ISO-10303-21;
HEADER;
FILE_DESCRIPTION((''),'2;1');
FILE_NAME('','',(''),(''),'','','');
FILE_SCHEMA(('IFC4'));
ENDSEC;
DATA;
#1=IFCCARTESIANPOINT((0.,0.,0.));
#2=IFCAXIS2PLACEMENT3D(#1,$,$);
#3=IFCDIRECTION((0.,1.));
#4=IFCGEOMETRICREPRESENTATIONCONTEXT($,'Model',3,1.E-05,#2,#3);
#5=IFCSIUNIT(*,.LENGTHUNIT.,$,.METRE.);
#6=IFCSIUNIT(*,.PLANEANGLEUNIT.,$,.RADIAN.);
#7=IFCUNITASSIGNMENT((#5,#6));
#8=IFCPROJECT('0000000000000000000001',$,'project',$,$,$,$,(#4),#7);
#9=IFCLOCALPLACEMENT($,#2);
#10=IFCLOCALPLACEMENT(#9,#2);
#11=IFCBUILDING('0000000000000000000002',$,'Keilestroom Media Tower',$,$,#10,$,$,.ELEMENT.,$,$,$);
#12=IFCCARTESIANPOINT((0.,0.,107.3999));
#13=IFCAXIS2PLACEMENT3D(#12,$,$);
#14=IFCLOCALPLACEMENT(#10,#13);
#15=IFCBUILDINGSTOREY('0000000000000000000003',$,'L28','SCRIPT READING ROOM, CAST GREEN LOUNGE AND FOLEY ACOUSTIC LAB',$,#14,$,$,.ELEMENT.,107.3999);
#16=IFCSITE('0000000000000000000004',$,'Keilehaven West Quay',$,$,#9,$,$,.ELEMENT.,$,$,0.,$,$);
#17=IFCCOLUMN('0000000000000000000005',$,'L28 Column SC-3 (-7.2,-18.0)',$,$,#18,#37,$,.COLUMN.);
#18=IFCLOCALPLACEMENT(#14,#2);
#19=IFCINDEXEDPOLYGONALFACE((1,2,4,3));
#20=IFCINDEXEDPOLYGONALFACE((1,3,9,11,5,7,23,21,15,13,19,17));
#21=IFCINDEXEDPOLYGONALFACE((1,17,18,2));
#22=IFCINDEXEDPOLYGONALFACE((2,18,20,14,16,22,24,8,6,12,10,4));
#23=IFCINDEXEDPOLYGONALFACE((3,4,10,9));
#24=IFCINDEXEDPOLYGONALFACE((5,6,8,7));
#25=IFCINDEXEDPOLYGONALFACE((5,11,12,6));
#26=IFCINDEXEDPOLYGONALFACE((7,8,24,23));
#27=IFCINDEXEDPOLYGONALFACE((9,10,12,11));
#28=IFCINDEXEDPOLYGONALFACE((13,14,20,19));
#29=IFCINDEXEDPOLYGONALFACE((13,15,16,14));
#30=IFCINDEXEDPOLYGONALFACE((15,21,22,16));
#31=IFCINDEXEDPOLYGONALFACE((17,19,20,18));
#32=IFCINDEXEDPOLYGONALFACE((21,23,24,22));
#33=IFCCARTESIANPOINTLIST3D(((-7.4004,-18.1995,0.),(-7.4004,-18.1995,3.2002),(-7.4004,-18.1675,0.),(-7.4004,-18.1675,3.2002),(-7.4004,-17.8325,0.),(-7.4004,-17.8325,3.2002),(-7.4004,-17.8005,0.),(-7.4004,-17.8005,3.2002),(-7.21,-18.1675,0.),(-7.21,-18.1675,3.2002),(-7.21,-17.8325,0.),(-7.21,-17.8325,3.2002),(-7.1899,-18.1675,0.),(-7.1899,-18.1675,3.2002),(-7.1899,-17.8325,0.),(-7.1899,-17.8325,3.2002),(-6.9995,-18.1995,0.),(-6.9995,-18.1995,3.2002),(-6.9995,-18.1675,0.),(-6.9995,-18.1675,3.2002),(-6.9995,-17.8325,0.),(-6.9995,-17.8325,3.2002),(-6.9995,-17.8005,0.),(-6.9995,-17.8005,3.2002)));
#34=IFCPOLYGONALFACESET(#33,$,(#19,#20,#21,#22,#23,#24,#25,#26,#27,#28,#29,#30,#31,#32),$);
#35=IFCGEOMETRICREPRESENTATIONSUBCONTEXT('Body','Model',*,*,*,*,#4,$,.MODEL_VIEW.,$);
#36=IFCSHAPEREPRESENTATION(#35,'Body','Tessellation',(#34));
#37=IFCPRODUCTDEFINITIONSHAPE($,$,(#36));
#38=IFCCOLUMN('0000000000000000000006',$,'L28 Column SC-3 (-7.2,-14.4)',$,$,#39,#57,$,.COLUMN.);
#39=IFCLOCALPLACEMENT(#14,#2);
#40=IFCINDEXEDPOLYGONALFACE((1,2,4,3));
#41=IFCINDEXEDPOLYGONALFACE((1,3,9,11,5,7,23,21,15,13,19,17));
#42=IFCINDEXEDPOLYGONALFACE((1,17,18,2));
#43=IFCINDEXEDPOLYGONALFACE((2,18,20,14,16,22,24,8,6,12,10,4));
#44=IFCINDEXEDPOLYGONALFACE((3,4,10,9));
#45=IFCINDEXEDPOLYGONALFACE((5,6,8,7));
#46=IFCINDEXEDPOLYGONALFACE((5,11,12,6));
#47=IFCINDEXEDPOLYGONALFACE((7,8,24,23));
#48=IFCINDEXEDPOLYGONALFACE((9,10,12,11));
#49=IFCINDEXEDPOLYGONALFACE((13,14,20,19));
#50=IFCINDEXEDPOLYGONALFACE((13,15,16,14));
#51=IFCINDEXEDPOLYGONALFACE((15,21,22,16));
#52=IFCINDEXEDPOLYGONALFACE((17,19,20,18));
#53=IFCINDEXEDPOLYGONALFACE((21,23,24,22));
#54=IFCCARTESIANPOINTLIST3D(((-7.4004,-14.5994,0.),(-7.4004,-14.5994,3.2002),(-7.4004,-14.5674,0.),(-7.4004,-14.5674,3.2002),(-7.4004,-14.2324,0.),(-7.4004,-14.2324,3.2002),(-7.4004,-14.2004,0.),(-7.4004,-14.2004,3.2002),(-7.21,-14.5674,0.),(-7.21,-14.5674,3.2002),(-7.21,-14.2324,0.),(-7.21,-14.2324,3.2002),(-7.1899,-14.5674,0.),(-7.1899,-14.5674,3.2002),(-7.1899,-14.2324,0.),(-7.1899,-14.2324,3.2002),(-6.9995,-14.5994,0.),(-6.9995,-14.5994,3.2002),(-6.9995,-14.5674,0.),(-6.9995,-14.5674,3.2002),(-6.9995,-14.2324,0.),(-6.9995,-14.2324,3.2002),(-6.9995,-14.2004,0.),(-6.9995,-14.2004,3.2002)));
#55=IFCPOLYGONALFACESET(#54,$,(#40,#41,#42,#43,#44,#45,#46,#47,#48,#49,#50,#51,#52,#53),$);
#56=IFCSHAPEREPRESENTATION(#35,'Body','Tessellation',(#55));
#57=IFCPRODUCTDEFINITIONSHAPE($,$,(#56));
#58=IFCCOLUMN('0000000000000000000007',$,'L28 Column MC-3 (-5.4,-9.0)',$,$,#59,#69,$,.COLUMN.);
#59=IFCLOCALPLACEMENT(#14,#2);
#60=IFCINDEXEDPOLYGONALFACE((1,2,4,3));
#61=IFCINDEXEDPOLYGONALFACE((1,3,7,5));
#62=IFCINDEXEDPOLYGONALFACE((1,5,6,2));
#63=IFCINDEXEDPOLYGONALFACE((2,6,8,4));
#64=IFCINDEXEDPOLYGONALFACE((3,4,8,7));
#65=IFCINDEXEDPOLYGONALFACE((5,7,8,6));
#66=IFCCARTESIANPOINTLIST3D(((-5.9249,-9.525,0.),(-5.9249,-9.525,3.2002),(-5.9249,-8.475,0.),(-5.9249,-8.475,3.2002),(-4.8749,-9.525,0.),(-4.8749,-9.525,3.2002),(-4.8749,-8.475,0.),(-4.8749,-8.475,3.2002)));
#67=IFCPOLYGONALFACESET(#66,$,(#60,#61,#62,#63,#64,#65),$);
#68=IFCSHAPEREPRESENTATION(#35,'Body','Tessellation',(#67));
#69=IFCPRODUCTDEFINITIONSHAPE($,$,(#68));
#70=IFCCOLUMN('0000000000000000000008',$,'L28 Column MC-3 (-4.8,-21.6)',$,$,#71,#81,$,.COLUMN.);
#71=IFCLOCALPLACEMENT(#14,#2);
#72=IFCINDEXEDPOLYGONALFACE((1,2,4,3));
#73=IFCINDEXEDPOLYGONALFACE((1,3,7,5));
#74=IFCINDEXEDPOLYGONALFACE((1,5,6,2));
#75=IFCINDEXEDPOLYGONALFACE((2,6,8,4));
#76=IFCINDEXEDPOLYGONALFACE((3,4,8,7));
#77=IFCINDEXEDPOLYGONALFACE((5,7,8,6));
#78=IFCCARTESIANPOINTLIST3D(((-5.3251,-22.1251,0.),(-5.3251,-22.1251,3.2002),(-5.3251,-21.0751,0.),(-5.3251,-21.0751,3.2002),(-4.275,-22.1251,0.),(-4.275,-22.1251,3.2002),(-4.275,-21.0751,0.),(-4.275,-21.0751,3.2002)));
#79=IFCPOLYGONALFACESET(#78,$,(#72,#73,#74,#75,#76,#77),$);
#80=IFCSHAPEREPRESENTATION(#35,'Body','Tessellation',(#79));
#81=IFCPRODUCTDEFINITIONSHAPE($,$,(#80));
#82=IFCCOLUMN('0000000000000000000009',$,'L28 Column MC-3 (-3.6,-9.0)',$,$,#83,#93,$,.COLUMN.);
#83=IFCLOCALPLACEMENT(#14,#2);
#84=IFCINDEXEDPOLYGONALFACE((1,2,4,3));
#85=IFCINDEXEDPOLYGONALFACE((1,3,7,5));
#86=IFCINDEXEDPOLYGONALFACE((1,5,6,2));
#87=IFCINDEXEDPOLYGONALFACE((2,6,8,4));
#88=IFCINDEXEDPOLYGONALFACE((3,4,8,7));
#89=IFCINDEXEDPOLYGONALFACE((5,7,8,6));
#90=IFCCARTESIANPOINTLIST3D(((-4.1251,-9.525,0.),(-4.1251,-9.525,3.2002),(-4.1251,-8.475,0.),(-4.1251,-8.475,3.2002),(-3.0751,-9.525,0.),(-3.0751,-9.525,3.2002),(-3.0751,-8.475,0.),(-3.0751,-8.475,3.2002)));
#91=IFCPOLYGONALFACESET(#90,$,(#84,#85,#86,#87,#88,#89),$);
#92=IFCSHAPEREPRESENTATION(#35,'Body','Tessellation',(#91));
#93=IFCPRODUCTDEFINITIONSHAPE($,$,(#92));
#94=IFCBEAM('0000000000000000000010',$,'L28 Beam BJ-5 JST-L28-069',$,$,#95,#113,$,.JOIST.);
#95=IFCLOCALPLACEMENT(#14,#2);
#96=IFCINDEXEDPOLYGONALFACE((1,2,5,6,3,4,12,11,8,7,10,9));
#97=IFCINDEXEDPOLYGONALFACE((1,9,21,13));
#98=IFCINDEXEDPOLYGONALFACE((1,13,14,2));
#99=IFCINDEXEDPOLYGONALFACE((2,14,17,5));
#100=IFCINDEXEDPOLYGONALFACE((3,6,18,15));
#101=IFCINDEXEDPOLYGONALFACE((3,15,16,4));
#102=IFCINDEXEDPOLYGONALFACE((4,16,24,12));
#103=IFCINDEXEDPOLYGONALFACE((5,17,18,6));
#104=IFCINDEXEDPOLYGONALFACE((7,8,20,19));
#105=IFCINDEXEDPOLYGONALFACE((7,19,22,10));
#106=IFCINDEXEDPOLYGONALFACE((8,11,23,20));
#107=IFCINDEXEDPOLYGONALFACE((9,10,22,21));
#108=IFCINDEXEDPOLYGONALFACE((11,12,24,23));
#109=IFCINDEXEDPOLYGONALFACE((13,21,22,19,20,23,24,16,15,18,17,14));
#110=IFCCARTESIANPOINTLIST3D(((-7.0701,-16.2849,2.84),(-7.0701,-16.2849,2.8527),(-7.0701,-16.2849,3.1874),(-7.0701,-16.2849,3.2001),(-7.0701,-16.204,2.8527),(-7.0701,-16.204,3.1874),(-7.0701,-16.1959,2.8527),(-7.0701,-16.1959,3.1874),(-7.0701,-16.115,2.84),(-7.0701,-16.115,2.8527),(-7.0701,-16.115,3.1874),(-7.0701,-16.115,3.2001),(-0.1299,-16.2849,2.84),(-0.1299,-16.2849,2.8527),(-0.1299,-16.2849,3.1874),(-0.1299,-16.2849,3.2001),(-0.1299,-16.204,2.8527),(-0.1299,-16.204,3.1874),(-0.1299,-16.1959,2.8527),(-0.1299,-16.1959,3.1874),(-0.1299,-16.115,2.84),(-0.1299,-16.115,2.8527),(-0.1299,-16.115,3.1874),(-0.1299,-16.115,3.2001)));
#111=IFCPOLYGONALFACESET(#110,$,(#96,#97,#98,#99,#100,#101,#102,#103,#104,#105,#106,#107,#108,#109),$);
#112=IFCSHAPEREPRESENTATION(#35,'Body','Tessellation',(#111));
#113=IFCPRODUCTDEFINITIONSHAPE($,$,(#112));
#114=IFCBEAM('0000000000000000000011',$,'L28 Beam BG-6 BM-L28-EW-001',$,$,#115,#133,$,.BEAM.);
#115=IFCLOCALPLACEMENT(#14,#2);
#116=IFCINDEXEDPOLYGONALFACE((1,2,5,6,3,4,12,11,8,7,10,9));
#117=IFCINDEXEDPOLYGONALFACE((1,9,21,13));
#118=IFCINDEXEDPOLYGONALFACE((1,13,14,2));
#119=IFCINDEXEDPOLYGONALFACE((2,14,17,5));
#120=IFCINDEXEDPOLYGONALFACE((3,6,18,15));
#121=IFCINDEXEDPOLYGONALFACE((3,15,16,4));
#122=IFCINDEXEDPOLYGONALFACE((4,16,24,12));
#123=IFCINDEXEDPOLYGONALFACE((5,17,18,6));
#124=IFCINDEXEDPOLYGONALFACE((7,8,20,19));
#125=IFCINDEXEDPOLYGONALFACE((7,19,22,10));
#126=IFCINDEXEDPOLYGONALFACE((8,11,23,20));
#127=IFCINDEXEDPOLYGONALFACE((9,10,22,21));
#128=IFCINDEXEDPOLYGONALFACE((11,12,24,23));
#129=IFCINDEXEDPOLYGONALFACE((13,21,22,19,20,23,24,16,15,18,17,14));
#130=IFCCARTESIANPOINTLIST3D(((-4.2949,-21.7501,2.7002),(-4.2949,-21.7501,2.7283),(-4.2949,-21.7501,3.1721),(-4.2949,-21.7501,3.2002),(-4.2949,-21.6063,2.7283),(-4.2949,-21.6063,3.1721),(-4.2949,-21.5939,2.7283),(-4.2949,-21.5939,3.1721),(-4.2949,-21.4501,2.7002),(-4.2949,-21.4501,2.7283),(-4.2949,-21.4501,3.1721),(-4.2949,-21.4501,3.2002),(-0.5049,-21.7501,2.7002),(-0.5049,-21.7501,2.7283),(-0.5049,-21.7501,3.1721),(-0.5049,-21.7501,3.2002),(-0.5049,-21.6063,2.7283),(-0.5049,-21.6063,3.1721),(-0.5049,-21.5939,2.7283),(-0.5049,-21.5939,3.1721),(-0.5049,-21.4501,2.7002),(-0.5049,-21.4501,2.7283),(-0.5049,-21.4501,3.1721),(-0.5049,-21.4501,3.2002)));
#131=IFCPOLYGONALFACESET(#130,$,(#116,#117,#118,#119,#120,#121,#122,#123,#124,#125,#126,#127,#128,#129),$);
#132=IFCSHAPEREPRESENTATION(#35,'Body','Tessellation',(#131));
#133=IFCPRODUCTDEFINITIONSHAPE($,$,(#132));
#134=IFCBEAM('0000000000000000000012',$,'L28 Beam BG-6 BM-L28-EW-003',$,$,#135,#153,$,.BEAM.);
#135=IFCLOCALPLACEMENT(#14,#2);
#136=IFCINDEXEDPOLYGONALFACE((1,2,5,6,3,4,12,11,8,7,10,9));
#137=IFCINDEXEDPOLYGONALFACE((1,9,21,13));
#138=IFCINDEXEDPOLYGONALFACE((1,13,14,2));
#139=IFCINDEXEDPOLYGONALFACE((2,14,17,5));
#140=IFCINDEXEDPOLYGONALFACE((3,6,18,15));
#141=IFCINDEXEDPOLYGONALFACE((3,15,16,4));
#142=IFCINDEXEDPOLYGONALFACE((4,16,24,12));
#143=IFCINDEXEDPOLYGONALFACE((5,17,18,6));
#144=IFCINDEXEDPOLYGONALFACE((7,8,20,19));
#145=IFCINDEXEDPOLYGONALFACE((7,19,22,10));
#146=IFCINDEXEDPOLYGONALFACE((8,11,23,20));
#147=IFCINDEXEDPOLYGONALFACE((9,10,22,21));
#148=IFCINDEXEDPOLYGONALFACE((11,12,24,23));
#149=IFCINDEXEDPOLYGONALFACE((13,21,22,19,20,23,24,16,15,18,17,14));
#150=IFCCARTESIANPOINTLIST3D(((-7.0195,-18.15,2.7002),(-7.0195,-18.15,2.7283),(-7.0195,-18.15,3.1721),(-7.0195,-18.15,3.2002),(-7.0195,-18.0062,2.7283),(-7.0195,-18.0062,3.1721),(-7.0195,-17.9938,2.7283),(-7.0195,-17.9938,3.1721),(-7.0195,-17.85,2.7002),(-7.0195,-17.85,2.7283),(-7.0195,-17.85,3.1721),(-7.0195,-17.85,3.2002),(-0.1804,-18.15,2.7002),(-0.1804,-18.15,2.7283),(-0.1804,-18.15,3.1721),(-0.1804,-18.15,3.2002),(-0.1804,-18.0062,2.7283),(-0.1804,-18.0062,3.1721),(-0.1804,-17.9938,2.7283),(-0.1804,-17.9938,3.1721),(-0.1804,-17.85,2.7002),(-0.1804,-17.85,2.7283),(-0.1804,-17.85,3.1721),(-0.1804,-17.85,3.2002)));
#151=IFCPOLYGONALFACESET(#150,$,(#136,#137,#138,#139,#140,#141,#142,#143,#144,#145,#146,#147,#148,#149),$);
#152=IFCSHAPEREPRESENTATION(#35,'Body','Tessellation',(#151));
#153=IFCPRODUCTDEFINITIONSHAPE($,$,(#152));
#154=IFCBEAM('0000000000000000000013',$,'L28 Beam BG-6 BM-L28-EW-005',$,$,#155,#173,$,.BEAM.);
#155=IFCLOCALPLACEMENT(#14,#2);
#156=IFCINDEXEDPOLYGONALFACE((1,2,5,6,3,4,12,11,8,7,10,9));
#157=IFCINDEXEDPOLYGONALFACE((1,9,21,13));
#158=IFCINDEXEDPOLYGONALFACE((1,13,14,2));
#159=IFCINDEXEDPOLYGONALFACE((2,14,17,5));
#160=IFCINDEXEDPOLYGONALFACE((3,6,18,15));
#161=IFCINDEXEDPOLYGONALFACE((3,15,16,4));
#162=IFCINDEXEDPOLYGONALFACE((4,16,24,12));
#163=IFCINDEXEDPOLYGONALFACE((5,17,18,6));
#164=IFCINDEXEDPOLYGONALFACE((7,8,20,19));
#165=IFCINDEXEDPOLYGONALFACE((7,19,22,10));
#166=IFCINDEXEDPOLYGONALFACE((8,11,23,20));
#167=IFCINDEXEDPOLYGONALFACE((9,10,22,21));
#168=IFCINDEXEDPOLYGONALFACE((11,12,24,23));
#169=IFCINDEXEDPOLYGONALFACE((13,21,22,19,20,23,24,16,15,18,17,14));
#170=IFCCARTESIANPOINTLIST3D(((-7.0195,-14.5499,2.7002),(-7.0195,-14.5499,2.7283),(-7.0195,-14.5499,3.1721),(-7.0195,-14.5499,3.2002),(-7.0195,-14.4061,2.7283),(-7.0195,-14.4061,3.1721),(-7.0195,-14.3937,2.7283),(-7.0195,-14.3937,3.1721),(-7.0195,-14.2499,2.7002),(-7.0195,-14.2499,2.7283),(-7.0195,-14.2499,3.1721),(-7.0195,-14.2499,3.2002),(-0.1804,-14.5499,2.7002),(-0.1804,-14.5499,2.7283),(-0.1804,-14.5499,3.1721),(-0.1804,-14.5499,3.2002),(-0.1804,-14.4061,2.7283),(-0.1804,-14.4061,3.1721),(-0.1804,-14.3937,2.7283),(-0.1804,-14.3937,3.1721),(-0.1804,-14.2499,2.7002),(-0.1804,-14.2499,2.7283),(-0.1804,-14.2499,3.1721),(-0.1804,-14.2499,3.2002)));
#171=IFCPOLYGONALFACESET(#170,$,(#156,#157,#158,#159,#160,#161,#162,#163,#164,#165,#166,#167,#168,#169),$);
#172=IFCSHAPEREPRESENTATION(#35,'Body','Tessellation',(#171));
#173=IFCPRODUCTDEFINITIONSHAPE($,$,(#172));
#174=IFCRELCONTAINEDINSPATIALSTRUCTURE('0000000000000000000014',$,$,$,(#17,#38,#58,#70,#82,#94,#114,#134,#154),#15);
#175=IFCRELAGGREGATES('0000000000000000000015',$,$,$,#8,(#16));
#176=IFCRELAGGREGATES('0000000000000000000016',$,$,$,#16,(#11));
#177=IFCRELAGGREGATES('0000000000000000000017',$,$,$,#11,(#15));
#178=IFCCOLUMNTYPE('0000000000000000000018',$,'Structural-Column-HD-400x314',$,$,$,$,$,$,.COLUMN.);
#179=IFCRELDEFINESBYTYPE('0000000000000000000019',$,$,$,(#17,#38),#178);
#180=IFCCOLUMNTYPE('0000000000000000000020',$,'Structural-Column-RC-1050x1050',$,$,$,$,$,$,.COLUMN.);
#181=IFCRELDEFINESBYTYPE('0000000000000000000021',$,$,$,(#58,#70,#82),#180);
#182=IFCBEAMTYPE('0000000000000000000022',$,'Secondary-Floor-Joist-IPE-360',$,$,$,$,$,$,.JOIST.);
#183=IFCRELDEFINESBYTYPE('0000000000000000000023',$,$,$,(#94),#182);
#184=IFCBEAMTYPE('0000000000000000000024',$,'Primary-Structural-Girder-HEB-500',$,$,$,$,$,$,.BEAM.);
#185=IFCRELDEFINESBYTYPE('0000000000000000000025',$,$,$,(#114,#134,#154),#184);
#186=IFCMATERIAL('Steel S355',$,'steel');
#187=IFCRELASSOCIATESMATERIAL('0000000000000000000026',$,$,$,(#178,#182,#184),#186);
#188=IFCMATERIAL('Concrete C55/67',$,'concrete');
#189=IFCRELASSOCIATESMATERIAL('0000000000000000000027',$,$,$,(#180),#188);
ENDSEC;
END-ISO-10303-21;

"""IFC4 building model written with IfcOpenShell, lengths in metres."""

from ifc_helpers import new_model, si_unit, direction, frame, origin, origin_2d, place, context, subcontext, project, spatial, rectangle, i_section, extrude, source, transform, mapped, material, material_profile, profile_set, type_object, element, save


model = new_model("IFC4")

# Units and contexts
model_context = context("Model", 3, precision=1e-05, world=origin(), true_north=direction((0.0, 1.0)))
body_context = subcontext(model_context, "Body", "Model", "MODEL_VIEW")
ifc_project = project(units=[si_unit("LENGTHUNIT", "METRE"), si_unit("PLANEANGLEUNIT", "RADIAN")], contexts=[model_context])

# Site, building, storey
site_placement = place(None, origin())
site = spatial("IfcSite", under=ifc_project, at=site_placement, Name="Keilehaven West Quay", CompositionType="ELEMENT", RefElevation=0.0)
building_placement = place(site_placement, origin())
building = spatial("IfcBuilding", under=site, at=building_placement, Name="Keilestroom Media Tower", CompositionType="ELEMENT")
storey_placement = place(building_placement, frame((0.0, 0.0, 107.3999)))
storey = spatial("IfcBuildingStorey", under=building, at=storey_placement, Name="L28", Description="SCRIPT READING ROOM, CAST GREEN LOUNGE AND FOLEY ACOUSTIC LAB", CompositionType="ELEMENT", Elevation=107.3999)

# Columns
ifc_material_1 = material(Name="Steel S355", Category="steel")
ifc_material_profile_1 = material_profile(ifc_material_1, i_section(OverallWidth=0.4009, OverallDepth=0.3989, WebThickness=0.02, FlangeThickness=0.032, at=origin_2d()), Name="HD 400x314")
ifc_profile_set_1 = profile_set([ifc_material_profile_1], Name="Steel S355")
column_type_1 = type_object("IfcColumnType", Name="Structural-Column-HD-400x314", PredefinedType="COLUMN", material=ifc_profile_set_1)
shared_shape_1 = source(origin(), body_context, "Body", "SweptSolid", [
    extrude(i_section(OverallWidth=0.4009, OverallDepth=0.3989, WebThickness=0.02, FlangeThickness=0.032, at=origin_2d()), origin(), (0.0, 0.0, 1.0), 3.2002),
])
for number, where, z_axis, x_axis, name in (
    (1, (-7.2, -18.0, 0.0), (0.0, 0.0, 1.0), (1.0, 0.0, 0.0), "L28 Column SC-3 (-7.2,-18.0)"),
    (2, (-7.2, -14.3999, 0.0), (0.0, 0.0, 1.0), (1.0, 0.0, 0.0), "L28 Column SC-3 (-7.2,-14.4)"),
):
    element("IfcColumn", number, at=place(storey_placement, frame(where, z_axis=z_axis, x_axis=x_axis)), inside=storey, type_object=column_type_1, Name=name, PredefinedType="COLUMN", context=body_context, shape_type="MappedRepresentation", body=[
        mapped(shared_shape_1, transform((0.0, 0.0, 0.0), x_axis=(1.0, 0.0, 0.0), y_axis=(0.0, 1.0, 0.0), z_axis=(0.0, 0.0, 1.0), scale=1.0)),
    ])
ifc_material_2 = material(Name="Concrete C55/67", Category="concrete")
ifc_material_profile_2 = material_profile(ifc_material_2, rectangle(XDim=1.05, YDim=1.05, at=origin_2d()), Name="RC 1050x1050")
ifc_profile_set_2 = profile_set([ifc_material_profile_2], Name="Concrete C55/67")
column_type_2 = type_object("IfcColumnType", Name="Structural-Column-RC-1050x1050", PredefinedType="COLUMN", material=ifc_profile_set_2)
shared_shape_2 = source(origin(), body_context, "Body", "SweptSolid", [
    extrude(rectangle(XDim=1.05, YDim=1.05, at=origin_2d()), origin(), (0.0, 0.0, 1.0), 3.2002),
])
for number, where, z_axis, x_axis, name in (
    (3, (-5.3999, -9.0, 0.0), (0.0, 0.0, 1.0), (1.0, 0.0, 0.0), "L28 Column MC-3 (-5.4,-9.0)"),
    (4, (-4.8, -21.6001, 0.0), (0.0, 0.0, 1.0), (1.0, 0.0, 0.0), "L28 Column MC-3 (-4.8,-21.6)"),
    (5, (-3.6001, -9.0, 0.0), (0.0, 0.0, 1.0), (1.0, 0.0, 0.0), "L28 Column MC-3 (-3.6,-9.0)"),
):
    element("IfcColumn", number, at=place(storey_placement, frame(where, z_axis=z_axis, x_axis=x_axis)), inside=storey, type_object=column_type_2, Name=name, PredefinedType="COLUMN", context=body_context, shape_type="MappedRepresentation", body=[
        mapped(shared_shape_2, transform((0.0, 0.0, 0.0), x_axis=(1.0, 0.0, 0.0), y_axis=(0.0, 1.0, 0.0), z_axis=(0.0, 0.0, 1.0), scale=1.0)),
    ])

# Beams
ifc_material_profile_3 = material_profile(ifc_material_1, i_section(OverallWidth=0.1699, OverallDepth=0.3601, WebThickness=0.0081, FlangeThickness=0.0127, at=origin_2d()), Name="IPE 360")
ifc_profile_set_3 = profile_set([ifc_material_profile_3], Name="Steel S355")
beam_type_1 = type_object("IfcBeamType", Name="Secondary-Floor-Joist-IPE-360", PredefinedType="JOIST", material=ifc_profile_set_3)
shared_shape_3 = source(origin(), body_context, "Body", "SweptSolid", [
    extrude(i_section(OverallWidth=0.1699, OverallDepth=0.3601, WebThickness=0.0081, FlangeThickness=0.0127, at=origin_2d()), origin(), (0.0, 0.0, 1.0), 6.9402),
])
beam_1_placement = place(storey_placement, frame((-7.0701, -16.2, 3.02), z_axis=(1.0, 0.0, 0.0), x_axis=(0.0, 1.0, 0.0)))
element("IfcBeam", 6, at=beam_1_placement, inside=storey, type_object=beam_type_1, Name="L28 Beam BJ-5 JST-L28-069", PredefinedType="JOIST", context=body_context, shape_type="MappedRepresentation", body=[
    mapped(shared_shape_3, transform((0.0, 0.0, 0.0), x_axis=(1.0, 0.0, 0.0), y_axis=(0.0, 1.0, 0.0), z_axis=(0.0, 0.0, 1.0), scale=1.0)),
])
ifc_material_profile_4 = material_profile(ifc_material_1, i_section(OverallWidth=0.3, OverallDepth=0.5, WebThickness=0.0125, FlangeThickness=0.0281, at=origin_2d()), Name="HEB 500")
ifc_profile_set_4 = profile_set([ifc_material_profile_4], Name="Steel S355")
beam_type_2 = type_object("IfcBeamType", Name="Primary-Structural-Girder-HEB-500", PredefinedType="BEAM", material=ifc_profile_set_4)
shared_shape_4 = source(origin(), body_context, "Body", "SweptSolid", [
    extrude(i_section(OverallWidth=0.3, OverallDepth=0.5, WebThickness=0.0125, FlangeThickness=0.0281, at=origin_2d()), origin(), (0.0, 0.0, 1.0), 3.79),
])
beam_2_placement = place(storey_placement, frame((-4.2949, -21.6001, 2.9502), z_axis=(1.0, 0.0, 0.0), x_axis=(0.0, 1.0, 0.0)))
element("IfcBeam", 7, at=beam_2_placement, inside=storey, type_object=beam_type_2, Name="L28 Beam BG-6 BM-L28-EW-001", PredefinedType="BEAM", context=body_context, shape_type="MappedRepresentation", body=[
    mapped(shared_shape_4, transform((0.0, 0.0, 0.0), x_axis=(1.0, 0.0, 0.0), y_axis=(0.0, 1.0, 0.0), z_axis=(0.0, 0.0, 1.0), scale=1.0)),
])
shared_shape_5 = source(origin(), body_context, "Body", "SweptSolid", [
    extrude(i_section(OverallWidth=0.3, OverallDepth=0.5, WebThickness=0.0125, FlangeThickness=0.0281, at=origin_2d()), origin(), (0.0, 0.0, 1.0), 6.8391),
])
for number, where, z_axis, x_axis, name in (
    (8, (-7.0195, -18.0, 2.9502), (1.0, 0.0, 0.0), (0.0, 1.0, 0.0), "L28 Beam BG-6 BM-L28-EW-003"),
    (9, (-7.0195, -14.3999, 2.9502), (1.0, 0.0, 0.0), (0.0, 1.0, 0.0), "L28 Beam BG-6 BM-L28-EW-005"),
):
    element("IfcBeam", number, at=place(storey_placement, frame(where, z_axis=z_axis, x_axis=x_axis)), inside=storey, type_object=beam_type_2, Name=name, PredefinedType="BEAM", context=body_context, shape_type="MappedRepresentation", body=[
        mapped(shared_shape_5, transform((0.0, 0.0, 0.0), x_axis=(1.0, 0.0, 0.0), y_axis=(0.0, 1.0, 0.0), z_axis=(0.0, 0.0, 1.0), scale=1.0)),
    ])

save(model, "model.ifc")
